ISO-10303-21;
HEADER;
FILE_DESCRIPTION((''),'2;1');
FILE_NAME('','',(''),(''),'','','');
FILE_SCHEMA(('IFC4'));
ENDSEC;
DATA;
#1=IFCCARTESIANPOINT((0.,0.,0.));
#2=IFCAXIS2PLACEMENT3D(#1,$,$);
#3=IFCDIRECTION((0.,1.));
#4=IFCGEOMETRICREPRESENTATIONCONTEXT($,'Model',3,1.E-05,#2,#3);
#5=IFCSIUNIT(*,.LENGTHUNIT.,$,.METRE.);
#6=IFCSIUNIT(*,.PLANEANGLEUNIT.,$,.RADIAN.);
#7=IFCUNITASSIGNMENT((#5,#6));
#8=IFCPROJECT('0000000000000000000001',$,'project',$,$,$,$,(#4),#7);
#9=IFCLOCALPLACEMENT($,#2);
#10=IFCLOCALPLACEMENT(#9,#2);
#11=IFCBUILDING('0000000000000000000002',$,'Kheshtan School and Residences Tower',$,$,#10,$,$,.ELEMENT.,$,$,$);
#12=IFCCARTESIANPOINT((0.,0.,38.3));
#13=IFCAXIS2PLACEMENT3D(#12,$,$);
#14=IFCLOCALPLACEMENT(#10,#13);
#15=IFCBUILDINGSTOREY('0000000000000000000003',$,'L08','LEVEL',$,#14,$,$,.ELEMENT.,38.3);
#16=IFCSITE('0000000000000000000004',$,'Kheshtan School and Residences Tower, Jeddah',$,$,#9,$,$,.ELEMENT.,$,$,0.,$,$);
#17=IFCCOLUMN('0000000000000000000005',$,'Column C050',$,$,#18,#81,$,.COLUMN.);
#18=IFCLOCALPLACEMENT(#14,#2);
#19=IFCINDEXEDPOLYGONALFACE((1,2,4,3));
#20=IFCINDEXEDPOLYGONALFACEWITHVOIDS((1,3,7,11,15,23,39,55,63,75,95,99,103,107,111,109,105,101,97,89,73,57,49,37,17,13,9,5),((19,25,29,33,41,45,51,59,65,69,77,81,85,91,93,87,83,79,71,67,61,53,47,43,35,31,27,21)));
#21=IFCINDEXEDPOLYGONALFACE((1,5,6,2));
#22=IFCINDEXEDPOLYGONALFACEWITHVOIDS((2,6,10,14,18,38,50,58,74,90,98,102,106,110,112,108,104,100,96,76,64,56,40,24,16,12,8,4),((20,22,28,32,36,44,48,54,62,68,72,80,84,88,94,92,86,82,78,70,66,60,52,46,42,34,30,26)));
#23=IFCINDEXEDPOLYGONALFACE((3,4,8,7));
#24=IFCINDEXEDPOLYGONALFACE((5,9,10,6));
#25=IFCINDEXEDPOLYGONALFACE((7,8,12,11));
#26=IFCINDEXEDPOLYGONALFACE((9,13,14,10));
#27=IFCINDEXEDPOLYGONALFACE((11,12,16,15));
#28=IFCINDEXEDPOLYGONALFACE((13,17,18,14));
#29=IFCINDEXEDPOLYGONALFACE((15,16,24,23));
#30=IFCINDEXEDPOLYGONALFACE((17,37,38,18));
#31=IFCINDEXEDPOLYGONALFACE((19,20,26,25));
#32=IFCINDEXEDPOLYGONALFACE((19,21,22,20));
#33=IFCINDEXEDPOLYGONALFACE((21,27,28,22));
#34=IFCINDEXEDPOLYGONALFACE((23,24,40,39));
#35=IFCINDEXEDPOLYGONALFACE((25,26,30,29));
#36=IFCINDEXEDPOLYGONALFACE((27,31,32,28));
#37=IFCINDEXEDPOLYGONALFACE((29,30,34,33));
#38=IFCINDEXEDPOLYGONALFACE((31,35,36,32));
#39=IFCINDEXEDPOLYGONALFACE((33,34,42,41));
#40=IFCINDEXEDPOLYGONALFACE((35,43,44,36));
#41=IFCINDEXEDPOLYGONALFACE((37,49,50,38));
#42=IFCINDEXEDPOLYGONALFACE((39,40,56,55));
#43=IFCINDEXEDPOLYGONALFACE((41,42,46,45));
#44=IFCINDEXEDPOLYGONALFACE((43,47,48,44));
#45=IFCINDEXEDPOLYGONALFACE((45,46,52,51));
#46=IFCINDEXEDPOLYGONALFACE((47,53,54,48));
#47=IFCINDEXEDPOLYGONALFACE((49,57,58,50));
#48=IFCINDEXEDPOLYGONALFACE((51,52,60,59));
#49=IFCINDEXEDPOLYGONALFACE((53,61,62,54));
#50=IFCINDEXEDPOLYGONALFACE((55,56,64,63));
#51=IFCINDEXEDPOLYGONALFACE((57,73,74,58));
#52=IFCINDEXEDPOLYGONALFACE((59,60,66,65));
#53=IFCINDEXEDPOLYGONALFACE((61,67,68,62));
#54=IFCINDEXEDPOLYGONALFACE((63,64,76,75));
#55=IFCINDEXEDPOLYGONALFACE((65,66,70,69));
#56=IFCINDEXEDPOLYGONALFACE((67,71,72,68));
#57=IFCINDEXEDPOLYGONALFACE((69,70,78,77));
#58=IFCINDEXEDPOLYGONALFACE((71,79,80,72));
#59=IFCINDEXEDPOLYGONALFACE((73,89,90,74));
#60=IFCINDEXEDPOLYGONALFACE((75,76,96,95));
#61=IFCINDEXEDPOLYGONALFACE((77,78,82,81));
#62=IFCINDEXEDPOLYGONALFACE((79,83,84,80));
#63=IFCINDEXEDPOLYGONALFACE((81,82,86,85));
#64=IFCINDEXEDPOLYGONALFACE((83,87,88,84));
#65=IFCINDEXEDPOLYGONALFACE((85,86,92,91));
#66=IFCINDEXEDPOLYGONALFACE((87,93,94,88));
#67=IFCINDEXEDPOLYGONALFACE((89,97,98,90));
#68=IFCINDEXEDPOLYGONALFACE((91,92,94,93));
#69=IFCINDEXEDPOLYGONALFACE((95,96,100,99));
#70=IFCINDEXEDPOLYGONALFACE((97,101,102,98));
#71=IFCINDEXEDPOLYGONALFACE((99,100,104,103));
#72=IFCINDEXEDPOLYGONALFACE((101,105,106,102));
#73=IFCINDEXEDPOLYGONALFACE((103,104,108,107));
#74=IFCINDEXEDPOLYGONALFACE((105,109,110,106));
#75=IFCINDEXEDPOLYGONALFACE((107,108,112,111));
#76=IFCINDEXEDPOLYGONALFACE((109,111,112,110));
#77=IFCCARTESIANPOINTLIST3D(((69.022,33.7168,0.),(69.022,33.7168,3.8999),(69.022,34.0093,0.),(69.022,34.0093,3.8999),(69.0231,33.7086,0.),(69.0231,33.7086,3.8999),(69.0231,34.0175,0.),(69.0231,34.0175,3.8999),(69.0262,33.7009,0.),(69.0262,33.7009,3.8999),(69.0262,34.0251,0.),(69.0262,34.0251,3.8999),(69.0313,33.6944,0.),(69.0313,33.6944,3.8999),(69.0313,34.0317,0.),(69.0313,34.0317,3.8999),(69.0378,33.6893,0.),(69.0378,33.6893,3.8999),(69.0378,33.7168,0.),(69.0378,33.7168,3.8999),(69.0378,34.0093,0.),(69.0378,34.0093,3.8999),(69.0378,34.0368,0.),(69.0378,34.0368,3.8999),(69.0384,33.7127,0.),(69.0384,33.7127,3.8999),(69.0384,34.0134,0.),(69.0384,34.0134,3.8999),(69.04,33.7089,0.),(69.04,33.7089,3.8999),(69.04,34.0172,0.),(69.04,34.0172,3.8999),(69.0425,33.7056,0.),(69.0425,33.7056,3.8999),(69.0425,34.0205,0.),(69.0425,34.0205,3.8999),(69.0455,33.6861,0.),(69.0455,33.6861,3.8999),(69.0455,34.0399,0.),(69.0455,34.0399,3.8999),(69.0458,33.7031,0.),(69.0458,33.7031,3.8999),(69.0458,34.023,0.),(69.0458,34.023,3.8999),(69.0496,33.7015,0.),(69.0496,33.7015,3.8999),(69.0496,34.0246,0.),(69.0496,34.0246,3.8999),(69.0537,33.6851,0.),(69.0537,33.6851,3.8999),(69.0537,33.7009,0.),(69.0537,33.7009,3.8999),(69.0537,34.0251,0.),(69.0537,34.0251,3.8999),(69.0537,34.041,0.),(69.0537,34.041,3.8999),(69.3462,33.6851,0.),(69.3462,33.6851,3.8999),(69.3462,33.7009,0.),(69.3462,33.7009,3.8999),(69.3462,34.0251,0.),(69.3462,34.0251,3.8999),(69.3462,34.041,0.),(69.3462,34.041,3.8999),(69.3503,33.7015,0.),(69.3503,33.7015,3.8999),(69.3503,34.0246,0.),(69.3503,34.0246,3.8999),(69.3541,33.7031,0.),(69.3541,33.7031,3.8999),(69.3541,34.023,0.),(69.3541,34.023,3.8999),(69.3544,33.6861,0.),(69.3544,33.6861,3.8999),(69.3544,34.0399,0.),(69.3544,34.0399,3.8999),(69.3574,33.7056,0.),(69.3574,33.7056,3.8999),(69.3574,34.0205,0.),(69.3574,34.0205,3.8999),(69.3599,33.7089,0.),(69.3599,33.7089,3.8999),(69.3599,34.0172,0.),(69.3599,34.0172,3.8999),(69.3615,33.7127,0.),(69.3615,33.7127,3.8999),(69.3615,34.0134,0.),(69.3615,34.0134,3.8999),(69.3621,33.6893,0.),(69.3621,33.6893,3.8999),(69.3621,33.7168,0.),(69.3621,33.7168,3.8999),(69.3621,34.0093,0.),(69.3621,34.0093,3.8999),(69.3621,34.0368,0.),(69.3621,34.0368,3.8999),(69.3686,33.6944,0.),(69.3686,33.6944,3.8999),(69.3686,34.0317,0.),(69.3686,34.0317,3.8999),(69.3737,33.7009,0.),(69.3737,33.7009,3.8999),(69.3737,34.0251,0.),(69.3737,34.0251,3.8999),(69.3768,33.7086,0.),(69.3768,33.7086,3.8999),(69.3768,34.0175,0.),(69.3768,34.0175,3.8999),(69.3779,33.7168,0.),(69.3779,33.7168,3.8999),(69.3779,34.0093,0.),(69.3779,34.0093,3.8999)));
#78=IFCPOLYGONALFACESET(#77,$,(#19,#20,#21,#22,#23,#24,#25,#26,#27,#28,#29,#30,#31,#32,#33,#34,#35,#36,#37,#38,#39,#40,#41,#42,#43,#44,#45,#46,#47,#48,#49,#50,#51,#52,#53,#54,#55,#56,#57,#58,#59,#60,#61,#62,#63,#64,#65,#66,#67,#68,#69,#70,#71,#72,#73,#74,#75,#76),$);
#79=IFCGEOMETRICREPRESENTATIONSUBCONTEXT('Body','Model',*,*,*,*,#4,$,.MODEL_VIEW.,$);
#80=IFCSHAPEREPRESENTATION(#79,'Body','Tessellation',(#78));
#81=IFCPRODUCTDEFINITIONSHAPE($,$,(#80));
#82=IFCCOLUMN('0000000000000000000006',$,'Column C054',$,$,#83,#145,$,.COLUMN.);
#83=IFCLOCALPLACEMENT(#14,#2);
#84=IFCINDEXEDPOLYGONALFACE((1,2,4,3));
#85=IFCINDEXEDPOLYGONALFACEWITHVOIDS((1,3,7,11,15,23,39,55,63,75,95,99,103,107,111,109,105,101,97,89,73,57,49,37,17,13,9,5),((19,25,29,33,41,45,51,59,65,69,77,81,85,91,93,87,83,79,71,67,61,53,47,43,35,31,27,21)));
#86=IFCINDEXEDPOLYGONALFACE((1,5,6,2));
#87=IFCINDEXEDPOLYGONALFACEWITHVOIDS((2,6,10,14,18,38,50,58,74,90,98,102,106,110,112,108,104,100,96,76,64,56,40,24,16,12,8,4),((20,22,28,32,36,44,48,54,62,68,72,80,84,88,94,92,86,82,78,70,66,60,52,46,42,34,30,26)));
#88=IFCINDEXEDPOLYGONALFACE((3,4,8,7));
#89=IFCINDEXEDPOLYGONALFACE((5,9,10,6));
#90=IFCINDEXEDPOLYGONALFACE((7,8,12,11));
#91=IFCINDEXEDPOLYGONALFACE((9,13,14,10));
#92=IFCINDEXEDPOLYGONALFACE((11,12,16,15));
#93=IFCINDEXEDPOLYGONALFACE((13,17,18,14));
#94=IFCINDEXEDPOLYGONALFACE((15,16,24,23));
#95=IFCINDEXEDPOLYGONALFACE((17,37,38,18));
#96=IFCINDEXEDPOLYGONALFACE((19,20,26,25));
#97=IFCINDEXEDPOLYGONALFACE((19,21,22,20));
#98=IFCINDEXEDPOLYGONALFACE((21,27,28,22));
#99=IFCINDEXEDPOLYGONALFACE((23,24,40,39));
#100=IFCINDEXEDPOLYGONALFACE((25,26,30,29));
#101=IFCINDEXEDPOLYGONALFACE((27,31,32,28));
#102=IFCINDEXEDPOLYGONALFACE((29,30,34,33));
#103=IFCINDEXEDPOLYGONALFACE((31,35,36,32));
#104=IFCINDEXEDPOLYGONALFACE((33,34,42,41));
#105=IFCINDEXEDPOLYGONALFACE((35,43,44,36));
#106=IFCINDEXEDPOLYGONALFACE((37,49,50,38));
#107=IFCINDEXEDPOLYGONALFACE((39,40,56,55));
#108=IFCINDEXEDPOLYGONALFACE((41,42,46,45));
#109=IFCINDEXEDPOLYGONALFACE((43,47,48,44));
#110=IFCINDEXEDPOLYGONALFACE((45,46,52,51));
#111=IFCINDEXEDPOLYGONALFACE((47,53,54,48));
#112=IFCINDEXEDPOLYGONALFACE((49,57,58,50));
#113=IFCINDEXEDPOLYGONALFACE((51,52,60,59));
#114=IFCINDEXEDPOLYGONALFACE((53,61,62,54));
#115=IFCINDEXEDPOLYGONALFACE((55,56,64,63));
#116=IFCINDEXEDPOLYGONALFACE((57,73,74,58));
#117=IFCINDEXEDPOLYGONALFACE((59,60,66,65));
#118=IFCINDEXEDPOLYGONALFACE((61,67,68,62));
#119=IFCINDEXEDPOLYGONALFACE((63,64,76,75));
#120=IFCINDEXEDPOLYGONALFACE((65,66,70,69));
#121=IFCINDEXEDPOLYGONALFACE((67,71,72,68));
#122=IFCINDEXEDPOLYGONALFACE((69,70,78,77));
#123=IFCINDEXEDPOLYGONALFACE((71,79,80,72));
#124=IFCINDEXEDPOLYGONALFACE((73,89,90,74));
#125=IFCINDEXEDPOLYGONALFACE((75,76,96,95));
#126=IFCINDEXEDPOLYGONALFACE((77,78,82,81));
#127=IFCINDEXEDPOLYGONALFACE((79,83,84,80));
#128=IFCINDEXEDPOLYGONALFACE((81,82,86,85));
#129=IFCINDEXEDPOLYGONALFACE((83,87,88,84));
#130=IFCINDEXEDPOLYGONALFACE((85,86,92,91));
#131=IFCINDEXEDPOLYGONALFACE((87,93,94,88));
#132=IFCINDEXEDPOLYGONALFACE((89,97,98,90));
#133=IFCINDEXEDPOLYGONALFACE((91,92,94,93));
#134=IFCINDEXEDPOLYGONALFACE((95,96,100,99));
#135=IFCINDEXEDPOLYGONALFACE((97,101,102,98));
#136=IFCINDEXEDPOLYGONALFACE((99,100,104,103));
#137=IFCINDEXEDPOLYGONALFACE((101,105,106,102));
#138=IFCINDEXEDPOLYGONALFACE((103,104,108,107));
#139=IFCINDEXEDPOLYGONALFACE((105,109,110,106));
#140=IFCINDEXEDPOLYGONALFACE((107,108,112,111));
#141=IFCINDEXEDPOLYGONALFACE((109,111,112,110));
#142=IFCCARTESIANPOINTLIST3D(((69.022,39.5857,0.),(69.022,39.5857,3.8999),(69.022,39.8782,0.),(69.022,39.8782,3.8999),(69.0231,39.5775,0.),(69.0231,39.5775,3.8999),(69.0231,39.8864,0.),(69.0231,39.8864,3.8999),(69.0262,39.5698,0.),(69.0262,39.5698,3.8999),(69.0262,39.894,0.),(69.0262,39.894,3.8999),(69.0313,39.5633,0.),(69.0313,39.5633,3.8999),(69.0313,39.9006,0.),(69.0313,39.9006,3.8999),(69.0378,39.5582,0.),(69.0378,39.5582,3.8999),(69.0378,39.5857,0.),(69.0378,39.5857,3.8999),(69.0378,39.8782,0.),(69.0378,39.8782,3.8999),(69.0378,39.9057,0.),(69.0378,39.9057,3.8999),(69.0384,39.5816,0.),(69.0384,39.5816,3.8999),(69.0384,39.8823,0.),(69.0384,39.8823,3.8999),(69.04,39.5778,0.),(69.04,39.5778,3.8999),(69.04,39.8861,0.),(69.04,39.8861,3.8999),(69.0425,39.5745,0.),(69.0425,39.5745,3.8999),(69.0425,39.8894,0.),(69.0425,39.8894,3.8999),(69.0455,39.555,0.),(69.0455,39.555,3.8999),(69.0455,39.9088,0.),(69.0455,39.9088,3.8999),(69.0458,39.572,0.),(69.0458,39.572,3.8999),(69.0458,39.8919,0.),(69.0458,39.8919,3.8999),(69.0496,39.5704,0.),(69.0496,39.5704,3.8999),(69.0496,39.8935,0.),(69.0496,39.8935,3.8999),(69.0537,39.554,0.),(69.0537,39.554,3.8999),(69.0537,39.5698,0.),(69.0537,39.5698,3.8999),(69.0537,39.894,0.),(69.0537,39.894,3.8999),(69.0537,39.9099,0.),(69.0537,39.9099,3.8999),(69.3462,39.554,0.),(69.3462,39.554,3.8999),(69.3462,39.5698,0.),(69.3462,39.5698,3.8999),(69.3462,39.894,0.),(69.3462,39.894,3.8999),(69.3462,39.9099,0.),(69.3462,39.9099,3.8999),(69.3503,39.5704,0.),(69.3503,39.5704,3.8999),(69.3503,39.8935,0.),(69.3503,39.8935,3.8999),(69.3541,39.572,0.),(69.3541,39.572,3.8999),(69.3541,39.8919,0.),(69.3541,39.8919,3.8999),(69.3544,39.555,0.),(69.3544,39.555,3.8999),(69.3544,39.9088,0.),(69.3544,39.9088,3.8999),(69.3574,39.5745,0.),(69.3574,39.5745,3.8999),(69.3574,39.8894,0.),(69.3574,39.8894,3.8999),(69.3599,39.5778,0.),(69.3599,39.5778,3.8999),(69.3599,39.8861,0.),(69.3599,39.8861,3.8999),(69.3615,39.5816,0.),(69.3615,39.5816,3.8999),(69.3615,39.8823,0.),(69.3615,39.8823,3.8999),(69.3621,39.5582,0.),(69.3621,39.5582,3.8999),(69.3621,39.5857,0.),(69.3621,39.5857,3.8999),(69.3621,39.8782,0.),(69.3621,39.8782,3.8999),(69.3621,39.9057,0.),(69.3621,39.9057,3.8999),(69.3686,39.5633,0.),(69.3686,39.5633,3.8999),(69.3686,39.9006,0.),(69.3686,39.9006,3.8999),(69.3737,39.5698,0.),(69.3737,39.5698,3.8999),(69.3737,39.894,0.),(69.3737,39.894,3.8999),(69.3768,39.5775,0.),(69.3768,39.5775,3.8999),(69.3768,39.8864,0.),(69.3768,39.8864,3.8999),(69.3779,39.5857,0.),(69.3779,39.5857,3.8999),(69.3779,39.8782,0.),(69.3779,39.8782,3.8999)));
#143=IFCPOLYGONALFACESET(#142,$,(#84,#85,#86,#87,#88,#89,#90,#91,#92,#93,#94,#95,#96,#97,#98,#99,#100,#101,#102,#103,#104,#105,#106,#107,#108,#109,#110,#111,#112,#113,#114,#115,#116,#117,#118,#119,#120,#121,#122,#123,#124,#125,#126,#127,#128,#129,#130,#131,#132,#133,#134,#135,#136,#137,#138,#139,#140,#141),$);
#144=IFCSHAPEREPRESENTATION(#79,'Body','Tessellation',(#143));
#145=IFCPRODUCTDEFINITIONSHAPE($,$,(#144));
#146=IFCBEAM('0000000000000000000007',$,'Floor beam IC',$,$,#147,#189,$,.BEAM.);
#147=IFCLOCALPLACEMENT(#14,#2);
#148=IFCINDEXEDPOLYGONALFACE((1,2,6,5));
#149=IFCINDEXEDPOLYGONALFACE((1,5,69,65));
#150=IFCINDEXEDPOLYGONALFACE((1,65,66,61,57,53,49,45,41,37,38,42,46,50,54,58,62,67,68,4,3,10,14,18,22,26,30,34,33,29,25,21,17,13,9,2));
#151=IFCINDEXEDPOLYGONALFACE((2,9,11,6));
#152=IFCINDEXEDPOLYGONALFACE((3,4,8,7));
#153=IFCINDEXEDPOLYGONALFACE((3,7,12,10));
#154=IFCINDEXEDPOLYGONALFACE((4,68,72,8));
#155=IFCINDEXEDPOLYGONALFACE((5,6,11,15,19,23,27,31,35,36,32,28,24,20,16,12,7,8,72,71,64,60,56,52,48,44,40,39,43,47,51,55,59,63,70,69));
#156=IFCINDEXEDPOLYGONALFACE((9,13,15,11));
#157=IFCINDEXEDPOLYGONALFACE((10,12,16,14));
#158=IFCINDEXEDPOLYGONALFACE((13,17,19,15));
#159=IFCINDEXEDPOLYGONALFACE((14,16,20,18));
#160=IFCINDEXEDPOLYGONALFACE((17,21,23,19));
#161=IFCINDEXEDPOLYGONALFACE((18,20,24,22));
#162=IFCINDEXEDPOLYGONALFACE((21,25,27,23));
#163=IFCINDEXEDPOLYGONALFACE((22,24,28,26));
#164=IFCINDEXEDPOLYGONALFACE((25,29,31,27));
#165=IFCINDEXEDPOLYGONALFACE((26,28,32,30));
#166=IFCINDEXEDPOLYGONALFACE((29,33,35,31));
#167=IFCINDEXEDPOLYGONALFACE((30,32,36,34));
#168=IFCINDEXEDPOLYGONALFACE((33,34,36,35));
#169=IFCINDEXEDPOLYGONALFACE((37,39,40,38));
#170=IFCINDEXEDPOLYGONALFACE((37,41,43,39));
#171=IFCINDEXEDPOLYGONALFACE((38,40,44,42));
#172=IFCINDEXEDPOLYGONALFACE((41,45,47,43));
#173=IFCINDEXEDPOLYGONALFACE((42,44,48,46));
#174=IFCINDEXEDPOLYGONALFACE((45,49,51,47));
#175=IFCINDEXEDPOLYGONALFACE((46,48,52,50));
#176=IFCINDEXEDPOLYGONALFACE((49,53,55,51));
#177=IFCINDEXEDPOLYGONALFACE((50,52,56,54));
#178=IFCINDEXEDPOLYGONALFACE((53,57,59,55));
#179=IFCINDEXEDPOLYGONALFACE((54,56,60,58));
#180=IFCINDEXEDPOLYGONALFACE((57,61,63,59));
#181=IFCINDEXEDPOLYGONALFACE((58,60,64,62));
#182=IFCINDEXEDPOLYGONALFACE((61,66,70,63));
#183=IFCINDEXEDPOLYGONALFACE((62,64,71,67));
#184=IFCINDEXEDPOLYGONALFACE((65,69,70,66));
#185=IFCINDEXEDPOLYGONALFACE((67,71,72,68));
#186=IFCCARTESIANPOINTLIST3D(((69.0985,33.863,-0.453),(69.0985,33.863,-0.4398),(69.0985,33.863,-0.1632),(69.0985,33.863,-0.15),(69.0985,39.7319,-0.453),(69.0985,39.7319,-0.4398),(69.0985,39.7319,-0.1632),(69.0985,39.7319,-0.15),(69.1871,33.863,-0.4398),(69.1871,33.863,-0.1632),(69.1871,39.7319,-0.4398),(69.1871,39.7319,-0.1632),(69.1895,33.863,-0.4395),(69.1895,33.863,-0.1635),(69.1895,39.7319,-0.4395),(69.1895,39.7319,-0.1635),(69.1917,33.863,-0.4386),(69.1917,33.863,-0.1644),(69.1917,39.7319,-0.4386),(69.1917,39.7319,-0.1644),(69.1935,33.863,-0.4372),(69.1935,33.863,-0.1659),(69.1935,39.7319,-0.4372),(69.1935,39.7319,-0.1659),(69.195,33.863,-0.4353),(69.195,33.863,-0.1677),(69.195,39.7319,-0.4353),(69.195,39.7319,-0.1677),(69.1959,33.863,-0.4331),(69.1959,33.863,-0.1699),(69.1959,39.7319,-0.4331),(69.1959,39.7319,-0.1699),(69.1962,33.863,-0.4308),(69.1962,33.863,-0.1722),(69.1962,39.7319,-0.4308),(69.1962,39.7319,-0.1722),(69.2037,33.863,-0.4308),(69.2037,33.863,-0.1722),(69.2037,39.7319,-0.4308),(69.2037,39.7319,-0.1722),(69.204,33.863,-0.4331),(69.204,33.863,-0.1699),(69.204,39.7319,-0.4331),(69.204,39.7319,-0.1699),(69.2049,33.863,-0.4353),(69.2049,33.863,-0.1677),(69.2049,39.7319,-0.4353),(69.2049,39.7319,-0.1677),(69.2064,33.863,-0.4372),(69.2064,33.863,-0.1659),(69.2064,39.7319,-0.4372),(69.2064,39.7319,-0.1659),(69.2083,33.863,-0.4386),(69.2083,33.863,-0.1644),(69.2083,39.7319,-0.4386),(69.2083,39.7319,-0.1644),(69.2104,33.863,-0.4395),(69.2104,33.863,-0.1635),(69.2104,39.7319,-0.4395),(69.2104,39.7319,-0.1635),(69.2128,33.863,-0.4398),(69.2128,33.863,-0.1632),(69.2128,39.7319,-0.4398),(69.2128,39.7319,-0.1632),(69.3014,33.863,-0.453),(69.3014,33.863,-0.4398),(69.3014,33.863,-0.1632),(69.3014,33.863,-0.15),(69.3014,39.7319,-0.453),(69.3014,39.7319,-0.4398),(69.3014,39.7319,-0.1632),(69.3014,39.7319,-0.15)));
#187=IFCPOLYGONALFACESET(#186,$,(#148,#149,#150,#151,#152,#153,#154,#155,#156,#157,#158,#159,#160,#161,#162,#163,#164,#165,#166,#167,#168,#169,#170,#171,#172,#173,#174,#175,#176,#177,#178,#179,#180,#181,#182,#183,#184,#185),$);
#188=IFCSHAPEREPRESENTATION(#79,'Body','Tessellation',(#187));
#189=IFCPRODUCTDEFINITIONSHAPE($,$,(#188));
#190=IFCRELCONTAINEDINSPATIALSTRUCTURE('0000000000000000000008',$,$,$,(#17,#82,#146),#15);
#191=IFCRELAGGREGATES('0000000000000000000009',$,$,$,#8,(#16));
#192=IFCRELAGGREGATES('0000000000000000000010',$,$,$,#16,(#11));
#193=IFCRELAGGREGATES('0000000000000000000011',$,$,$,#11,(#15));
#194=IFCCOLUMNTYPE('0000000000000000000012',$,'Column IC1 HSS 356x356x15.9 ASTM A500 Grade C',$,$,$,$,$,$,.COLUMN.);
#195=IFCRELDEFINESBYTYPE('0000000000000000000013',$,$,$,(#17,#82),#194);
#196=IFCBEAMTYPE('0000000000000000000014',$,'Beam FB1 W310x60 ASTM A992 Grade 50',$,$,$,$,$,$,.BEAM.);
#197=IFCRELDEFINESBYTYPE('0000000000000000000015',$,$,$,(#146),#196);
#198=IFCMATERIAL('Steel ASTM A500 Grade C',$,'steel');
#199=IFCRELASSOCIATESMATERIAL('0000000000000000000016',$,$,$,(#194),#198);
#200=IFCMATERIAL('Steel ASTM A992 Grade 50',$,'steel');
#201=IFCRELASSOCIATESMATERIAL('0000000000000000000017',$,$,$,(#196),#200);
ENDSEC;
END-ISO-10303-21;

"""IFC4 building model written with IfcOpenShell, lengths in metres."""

from ifc_helpers import new_model, si_unit, direction, frame, origin, origin_2d, place, context, subcontext, project, spatial, hollow_rectangle, i_section, extrude, material, material_profile, profile_set, type_object, element, save


model = new_model("IFC4")

# Units and contexts
model_context = context("Model", 3, precision=1e-05, world=origin(), true_north=direction((0.0, 1.0)))
body_context = subcontext(model_context, "Body", "Model", "MODEL_VIEW")
ifc_project = project(units=[si_unit("LENGTHUNIT", "METRE"), si_unit("PLANEANGLEUNIT", "RADIAN")], contexts=[model_context])

# Site, building, storey
site_placement = place(None, origin())
site = spatial("IfcSite", under=ifc_project, at=site_placement, Name="Kheshtan School and Residences Tower, Jeddah", CompositionType="ELEMENT", RefElevation=0.0)
building_placement = place(site_placement, origin())
building = spatial("IfcBuilding", under=site, at=building_placement, Name="Kheshtan School and Residences Tower", CompositionType="ELEMENT")
storey_placement = place(building_placement, frame((0.0, 0.0, 38.3)))
storey = spatial("IfcBuildingStorey", under=building, at=storey_placement, Name="L08", Description="LEVEL", CompositionType="ELEMENT", Elevation=38.3)

# Columns
ifc_material_1 = material(Name="Steel ASTM A500 Grade C", Category="steel")
ifc_material_profile_1 = material_profile(ifc_material_1, hollow_rectangle(XDim=0.356, YDim=0.356, WallThickness=0.0159, InnerFilletRadius=0.0159, OuterFilletRadius=0.0317, at=origin_2d()), Name="HSS 356x356x15.9")
ifc_profile_set_1 = profile_set([ifc_material_profile_1], Name="Steel ASTM A500 Grade C")
column_type = type_object("IfcColumnType", Name="Column IC1 HSS 356x356x15.9 ASTM A500 Grade C", PredefinedType="COLUMN", material=ifc_profile_set_1)
for number, where, z_axis, x_axis, name in (
    (1, (69.2, 33.863, 0.0), (0.0, 0.0, 1.0), (1.0, 0.0, 0.0), "Column C050"),
    (2, (69.2, 39.7319, 0.0), (0.0, 0.0, 1.0), (1.0, 0.0, 0.0), "Column C054"),
):
    element("IfcColumn", number, at=place(storey_placement, frame(where, z_axis=z_axis, x_axis=x_axis)), inside=storey, type_object=column_type, Name=name, PredefinedType="COLUMN", context=body_context, shape_type="SweptSolid", body=[
        extrude(hollow_rectangle(XDim=0.356, YDim=0.356, WallThickness=0.0159, InnerFilletRadius=0.0159, OuterFilletRadius=0.0317, at=origin_2d()), origin(), (0.0, 0.0, 1.0), 3.8999),
    ])

# Beam
ifc_material_2 = material(Name="Steel ASTM A992 Grade 50", Category="steel")
ifc_material_profile_2 = material_profile(ifc_material_2, i_section(OverallWidth=0.2029, OverallDepth=0.303, WebThickness=0.0076, FlangeThickness=0.0132, FilletRadius=0.009, at=origin_2d()), Name="W310x60")
ifc_profile_set_2 = profile_set([ifc_material_profile_2], Name="Steel ASTM A992 Grade 50")
beam_type = type_object("IfcBeamType", Name="Beam FB1 W310x60 ASTM A992 Grade 50", PredefinedType="BEAM", material=ifc_profile_set_2)
beam_placement = place(storey_placement, frame((69.2, 33.863, -0.3015), z_axis=(0.0, 1.0, 0.0), x_axis=(-1.0, 0.0, 0.0)))
element("IfcBeam", 3, at=beam_placement, inside=storey, type_object=beam_type, Name="Floor beam IC", PredefinedType="BEAM", context=body_context, shape_type="SweptSolid", body=[
    extrude(i_section(OverallWidth=0.2029, OverallDepth=0.303, WebThickness=0.0076, FlangeThickness=0.0132, FilletRadius=0.009, at=origin_2d()), origin(), (0.0, 0.0, 1.0), 5.8689),
])

save(model, "model.ifc")
